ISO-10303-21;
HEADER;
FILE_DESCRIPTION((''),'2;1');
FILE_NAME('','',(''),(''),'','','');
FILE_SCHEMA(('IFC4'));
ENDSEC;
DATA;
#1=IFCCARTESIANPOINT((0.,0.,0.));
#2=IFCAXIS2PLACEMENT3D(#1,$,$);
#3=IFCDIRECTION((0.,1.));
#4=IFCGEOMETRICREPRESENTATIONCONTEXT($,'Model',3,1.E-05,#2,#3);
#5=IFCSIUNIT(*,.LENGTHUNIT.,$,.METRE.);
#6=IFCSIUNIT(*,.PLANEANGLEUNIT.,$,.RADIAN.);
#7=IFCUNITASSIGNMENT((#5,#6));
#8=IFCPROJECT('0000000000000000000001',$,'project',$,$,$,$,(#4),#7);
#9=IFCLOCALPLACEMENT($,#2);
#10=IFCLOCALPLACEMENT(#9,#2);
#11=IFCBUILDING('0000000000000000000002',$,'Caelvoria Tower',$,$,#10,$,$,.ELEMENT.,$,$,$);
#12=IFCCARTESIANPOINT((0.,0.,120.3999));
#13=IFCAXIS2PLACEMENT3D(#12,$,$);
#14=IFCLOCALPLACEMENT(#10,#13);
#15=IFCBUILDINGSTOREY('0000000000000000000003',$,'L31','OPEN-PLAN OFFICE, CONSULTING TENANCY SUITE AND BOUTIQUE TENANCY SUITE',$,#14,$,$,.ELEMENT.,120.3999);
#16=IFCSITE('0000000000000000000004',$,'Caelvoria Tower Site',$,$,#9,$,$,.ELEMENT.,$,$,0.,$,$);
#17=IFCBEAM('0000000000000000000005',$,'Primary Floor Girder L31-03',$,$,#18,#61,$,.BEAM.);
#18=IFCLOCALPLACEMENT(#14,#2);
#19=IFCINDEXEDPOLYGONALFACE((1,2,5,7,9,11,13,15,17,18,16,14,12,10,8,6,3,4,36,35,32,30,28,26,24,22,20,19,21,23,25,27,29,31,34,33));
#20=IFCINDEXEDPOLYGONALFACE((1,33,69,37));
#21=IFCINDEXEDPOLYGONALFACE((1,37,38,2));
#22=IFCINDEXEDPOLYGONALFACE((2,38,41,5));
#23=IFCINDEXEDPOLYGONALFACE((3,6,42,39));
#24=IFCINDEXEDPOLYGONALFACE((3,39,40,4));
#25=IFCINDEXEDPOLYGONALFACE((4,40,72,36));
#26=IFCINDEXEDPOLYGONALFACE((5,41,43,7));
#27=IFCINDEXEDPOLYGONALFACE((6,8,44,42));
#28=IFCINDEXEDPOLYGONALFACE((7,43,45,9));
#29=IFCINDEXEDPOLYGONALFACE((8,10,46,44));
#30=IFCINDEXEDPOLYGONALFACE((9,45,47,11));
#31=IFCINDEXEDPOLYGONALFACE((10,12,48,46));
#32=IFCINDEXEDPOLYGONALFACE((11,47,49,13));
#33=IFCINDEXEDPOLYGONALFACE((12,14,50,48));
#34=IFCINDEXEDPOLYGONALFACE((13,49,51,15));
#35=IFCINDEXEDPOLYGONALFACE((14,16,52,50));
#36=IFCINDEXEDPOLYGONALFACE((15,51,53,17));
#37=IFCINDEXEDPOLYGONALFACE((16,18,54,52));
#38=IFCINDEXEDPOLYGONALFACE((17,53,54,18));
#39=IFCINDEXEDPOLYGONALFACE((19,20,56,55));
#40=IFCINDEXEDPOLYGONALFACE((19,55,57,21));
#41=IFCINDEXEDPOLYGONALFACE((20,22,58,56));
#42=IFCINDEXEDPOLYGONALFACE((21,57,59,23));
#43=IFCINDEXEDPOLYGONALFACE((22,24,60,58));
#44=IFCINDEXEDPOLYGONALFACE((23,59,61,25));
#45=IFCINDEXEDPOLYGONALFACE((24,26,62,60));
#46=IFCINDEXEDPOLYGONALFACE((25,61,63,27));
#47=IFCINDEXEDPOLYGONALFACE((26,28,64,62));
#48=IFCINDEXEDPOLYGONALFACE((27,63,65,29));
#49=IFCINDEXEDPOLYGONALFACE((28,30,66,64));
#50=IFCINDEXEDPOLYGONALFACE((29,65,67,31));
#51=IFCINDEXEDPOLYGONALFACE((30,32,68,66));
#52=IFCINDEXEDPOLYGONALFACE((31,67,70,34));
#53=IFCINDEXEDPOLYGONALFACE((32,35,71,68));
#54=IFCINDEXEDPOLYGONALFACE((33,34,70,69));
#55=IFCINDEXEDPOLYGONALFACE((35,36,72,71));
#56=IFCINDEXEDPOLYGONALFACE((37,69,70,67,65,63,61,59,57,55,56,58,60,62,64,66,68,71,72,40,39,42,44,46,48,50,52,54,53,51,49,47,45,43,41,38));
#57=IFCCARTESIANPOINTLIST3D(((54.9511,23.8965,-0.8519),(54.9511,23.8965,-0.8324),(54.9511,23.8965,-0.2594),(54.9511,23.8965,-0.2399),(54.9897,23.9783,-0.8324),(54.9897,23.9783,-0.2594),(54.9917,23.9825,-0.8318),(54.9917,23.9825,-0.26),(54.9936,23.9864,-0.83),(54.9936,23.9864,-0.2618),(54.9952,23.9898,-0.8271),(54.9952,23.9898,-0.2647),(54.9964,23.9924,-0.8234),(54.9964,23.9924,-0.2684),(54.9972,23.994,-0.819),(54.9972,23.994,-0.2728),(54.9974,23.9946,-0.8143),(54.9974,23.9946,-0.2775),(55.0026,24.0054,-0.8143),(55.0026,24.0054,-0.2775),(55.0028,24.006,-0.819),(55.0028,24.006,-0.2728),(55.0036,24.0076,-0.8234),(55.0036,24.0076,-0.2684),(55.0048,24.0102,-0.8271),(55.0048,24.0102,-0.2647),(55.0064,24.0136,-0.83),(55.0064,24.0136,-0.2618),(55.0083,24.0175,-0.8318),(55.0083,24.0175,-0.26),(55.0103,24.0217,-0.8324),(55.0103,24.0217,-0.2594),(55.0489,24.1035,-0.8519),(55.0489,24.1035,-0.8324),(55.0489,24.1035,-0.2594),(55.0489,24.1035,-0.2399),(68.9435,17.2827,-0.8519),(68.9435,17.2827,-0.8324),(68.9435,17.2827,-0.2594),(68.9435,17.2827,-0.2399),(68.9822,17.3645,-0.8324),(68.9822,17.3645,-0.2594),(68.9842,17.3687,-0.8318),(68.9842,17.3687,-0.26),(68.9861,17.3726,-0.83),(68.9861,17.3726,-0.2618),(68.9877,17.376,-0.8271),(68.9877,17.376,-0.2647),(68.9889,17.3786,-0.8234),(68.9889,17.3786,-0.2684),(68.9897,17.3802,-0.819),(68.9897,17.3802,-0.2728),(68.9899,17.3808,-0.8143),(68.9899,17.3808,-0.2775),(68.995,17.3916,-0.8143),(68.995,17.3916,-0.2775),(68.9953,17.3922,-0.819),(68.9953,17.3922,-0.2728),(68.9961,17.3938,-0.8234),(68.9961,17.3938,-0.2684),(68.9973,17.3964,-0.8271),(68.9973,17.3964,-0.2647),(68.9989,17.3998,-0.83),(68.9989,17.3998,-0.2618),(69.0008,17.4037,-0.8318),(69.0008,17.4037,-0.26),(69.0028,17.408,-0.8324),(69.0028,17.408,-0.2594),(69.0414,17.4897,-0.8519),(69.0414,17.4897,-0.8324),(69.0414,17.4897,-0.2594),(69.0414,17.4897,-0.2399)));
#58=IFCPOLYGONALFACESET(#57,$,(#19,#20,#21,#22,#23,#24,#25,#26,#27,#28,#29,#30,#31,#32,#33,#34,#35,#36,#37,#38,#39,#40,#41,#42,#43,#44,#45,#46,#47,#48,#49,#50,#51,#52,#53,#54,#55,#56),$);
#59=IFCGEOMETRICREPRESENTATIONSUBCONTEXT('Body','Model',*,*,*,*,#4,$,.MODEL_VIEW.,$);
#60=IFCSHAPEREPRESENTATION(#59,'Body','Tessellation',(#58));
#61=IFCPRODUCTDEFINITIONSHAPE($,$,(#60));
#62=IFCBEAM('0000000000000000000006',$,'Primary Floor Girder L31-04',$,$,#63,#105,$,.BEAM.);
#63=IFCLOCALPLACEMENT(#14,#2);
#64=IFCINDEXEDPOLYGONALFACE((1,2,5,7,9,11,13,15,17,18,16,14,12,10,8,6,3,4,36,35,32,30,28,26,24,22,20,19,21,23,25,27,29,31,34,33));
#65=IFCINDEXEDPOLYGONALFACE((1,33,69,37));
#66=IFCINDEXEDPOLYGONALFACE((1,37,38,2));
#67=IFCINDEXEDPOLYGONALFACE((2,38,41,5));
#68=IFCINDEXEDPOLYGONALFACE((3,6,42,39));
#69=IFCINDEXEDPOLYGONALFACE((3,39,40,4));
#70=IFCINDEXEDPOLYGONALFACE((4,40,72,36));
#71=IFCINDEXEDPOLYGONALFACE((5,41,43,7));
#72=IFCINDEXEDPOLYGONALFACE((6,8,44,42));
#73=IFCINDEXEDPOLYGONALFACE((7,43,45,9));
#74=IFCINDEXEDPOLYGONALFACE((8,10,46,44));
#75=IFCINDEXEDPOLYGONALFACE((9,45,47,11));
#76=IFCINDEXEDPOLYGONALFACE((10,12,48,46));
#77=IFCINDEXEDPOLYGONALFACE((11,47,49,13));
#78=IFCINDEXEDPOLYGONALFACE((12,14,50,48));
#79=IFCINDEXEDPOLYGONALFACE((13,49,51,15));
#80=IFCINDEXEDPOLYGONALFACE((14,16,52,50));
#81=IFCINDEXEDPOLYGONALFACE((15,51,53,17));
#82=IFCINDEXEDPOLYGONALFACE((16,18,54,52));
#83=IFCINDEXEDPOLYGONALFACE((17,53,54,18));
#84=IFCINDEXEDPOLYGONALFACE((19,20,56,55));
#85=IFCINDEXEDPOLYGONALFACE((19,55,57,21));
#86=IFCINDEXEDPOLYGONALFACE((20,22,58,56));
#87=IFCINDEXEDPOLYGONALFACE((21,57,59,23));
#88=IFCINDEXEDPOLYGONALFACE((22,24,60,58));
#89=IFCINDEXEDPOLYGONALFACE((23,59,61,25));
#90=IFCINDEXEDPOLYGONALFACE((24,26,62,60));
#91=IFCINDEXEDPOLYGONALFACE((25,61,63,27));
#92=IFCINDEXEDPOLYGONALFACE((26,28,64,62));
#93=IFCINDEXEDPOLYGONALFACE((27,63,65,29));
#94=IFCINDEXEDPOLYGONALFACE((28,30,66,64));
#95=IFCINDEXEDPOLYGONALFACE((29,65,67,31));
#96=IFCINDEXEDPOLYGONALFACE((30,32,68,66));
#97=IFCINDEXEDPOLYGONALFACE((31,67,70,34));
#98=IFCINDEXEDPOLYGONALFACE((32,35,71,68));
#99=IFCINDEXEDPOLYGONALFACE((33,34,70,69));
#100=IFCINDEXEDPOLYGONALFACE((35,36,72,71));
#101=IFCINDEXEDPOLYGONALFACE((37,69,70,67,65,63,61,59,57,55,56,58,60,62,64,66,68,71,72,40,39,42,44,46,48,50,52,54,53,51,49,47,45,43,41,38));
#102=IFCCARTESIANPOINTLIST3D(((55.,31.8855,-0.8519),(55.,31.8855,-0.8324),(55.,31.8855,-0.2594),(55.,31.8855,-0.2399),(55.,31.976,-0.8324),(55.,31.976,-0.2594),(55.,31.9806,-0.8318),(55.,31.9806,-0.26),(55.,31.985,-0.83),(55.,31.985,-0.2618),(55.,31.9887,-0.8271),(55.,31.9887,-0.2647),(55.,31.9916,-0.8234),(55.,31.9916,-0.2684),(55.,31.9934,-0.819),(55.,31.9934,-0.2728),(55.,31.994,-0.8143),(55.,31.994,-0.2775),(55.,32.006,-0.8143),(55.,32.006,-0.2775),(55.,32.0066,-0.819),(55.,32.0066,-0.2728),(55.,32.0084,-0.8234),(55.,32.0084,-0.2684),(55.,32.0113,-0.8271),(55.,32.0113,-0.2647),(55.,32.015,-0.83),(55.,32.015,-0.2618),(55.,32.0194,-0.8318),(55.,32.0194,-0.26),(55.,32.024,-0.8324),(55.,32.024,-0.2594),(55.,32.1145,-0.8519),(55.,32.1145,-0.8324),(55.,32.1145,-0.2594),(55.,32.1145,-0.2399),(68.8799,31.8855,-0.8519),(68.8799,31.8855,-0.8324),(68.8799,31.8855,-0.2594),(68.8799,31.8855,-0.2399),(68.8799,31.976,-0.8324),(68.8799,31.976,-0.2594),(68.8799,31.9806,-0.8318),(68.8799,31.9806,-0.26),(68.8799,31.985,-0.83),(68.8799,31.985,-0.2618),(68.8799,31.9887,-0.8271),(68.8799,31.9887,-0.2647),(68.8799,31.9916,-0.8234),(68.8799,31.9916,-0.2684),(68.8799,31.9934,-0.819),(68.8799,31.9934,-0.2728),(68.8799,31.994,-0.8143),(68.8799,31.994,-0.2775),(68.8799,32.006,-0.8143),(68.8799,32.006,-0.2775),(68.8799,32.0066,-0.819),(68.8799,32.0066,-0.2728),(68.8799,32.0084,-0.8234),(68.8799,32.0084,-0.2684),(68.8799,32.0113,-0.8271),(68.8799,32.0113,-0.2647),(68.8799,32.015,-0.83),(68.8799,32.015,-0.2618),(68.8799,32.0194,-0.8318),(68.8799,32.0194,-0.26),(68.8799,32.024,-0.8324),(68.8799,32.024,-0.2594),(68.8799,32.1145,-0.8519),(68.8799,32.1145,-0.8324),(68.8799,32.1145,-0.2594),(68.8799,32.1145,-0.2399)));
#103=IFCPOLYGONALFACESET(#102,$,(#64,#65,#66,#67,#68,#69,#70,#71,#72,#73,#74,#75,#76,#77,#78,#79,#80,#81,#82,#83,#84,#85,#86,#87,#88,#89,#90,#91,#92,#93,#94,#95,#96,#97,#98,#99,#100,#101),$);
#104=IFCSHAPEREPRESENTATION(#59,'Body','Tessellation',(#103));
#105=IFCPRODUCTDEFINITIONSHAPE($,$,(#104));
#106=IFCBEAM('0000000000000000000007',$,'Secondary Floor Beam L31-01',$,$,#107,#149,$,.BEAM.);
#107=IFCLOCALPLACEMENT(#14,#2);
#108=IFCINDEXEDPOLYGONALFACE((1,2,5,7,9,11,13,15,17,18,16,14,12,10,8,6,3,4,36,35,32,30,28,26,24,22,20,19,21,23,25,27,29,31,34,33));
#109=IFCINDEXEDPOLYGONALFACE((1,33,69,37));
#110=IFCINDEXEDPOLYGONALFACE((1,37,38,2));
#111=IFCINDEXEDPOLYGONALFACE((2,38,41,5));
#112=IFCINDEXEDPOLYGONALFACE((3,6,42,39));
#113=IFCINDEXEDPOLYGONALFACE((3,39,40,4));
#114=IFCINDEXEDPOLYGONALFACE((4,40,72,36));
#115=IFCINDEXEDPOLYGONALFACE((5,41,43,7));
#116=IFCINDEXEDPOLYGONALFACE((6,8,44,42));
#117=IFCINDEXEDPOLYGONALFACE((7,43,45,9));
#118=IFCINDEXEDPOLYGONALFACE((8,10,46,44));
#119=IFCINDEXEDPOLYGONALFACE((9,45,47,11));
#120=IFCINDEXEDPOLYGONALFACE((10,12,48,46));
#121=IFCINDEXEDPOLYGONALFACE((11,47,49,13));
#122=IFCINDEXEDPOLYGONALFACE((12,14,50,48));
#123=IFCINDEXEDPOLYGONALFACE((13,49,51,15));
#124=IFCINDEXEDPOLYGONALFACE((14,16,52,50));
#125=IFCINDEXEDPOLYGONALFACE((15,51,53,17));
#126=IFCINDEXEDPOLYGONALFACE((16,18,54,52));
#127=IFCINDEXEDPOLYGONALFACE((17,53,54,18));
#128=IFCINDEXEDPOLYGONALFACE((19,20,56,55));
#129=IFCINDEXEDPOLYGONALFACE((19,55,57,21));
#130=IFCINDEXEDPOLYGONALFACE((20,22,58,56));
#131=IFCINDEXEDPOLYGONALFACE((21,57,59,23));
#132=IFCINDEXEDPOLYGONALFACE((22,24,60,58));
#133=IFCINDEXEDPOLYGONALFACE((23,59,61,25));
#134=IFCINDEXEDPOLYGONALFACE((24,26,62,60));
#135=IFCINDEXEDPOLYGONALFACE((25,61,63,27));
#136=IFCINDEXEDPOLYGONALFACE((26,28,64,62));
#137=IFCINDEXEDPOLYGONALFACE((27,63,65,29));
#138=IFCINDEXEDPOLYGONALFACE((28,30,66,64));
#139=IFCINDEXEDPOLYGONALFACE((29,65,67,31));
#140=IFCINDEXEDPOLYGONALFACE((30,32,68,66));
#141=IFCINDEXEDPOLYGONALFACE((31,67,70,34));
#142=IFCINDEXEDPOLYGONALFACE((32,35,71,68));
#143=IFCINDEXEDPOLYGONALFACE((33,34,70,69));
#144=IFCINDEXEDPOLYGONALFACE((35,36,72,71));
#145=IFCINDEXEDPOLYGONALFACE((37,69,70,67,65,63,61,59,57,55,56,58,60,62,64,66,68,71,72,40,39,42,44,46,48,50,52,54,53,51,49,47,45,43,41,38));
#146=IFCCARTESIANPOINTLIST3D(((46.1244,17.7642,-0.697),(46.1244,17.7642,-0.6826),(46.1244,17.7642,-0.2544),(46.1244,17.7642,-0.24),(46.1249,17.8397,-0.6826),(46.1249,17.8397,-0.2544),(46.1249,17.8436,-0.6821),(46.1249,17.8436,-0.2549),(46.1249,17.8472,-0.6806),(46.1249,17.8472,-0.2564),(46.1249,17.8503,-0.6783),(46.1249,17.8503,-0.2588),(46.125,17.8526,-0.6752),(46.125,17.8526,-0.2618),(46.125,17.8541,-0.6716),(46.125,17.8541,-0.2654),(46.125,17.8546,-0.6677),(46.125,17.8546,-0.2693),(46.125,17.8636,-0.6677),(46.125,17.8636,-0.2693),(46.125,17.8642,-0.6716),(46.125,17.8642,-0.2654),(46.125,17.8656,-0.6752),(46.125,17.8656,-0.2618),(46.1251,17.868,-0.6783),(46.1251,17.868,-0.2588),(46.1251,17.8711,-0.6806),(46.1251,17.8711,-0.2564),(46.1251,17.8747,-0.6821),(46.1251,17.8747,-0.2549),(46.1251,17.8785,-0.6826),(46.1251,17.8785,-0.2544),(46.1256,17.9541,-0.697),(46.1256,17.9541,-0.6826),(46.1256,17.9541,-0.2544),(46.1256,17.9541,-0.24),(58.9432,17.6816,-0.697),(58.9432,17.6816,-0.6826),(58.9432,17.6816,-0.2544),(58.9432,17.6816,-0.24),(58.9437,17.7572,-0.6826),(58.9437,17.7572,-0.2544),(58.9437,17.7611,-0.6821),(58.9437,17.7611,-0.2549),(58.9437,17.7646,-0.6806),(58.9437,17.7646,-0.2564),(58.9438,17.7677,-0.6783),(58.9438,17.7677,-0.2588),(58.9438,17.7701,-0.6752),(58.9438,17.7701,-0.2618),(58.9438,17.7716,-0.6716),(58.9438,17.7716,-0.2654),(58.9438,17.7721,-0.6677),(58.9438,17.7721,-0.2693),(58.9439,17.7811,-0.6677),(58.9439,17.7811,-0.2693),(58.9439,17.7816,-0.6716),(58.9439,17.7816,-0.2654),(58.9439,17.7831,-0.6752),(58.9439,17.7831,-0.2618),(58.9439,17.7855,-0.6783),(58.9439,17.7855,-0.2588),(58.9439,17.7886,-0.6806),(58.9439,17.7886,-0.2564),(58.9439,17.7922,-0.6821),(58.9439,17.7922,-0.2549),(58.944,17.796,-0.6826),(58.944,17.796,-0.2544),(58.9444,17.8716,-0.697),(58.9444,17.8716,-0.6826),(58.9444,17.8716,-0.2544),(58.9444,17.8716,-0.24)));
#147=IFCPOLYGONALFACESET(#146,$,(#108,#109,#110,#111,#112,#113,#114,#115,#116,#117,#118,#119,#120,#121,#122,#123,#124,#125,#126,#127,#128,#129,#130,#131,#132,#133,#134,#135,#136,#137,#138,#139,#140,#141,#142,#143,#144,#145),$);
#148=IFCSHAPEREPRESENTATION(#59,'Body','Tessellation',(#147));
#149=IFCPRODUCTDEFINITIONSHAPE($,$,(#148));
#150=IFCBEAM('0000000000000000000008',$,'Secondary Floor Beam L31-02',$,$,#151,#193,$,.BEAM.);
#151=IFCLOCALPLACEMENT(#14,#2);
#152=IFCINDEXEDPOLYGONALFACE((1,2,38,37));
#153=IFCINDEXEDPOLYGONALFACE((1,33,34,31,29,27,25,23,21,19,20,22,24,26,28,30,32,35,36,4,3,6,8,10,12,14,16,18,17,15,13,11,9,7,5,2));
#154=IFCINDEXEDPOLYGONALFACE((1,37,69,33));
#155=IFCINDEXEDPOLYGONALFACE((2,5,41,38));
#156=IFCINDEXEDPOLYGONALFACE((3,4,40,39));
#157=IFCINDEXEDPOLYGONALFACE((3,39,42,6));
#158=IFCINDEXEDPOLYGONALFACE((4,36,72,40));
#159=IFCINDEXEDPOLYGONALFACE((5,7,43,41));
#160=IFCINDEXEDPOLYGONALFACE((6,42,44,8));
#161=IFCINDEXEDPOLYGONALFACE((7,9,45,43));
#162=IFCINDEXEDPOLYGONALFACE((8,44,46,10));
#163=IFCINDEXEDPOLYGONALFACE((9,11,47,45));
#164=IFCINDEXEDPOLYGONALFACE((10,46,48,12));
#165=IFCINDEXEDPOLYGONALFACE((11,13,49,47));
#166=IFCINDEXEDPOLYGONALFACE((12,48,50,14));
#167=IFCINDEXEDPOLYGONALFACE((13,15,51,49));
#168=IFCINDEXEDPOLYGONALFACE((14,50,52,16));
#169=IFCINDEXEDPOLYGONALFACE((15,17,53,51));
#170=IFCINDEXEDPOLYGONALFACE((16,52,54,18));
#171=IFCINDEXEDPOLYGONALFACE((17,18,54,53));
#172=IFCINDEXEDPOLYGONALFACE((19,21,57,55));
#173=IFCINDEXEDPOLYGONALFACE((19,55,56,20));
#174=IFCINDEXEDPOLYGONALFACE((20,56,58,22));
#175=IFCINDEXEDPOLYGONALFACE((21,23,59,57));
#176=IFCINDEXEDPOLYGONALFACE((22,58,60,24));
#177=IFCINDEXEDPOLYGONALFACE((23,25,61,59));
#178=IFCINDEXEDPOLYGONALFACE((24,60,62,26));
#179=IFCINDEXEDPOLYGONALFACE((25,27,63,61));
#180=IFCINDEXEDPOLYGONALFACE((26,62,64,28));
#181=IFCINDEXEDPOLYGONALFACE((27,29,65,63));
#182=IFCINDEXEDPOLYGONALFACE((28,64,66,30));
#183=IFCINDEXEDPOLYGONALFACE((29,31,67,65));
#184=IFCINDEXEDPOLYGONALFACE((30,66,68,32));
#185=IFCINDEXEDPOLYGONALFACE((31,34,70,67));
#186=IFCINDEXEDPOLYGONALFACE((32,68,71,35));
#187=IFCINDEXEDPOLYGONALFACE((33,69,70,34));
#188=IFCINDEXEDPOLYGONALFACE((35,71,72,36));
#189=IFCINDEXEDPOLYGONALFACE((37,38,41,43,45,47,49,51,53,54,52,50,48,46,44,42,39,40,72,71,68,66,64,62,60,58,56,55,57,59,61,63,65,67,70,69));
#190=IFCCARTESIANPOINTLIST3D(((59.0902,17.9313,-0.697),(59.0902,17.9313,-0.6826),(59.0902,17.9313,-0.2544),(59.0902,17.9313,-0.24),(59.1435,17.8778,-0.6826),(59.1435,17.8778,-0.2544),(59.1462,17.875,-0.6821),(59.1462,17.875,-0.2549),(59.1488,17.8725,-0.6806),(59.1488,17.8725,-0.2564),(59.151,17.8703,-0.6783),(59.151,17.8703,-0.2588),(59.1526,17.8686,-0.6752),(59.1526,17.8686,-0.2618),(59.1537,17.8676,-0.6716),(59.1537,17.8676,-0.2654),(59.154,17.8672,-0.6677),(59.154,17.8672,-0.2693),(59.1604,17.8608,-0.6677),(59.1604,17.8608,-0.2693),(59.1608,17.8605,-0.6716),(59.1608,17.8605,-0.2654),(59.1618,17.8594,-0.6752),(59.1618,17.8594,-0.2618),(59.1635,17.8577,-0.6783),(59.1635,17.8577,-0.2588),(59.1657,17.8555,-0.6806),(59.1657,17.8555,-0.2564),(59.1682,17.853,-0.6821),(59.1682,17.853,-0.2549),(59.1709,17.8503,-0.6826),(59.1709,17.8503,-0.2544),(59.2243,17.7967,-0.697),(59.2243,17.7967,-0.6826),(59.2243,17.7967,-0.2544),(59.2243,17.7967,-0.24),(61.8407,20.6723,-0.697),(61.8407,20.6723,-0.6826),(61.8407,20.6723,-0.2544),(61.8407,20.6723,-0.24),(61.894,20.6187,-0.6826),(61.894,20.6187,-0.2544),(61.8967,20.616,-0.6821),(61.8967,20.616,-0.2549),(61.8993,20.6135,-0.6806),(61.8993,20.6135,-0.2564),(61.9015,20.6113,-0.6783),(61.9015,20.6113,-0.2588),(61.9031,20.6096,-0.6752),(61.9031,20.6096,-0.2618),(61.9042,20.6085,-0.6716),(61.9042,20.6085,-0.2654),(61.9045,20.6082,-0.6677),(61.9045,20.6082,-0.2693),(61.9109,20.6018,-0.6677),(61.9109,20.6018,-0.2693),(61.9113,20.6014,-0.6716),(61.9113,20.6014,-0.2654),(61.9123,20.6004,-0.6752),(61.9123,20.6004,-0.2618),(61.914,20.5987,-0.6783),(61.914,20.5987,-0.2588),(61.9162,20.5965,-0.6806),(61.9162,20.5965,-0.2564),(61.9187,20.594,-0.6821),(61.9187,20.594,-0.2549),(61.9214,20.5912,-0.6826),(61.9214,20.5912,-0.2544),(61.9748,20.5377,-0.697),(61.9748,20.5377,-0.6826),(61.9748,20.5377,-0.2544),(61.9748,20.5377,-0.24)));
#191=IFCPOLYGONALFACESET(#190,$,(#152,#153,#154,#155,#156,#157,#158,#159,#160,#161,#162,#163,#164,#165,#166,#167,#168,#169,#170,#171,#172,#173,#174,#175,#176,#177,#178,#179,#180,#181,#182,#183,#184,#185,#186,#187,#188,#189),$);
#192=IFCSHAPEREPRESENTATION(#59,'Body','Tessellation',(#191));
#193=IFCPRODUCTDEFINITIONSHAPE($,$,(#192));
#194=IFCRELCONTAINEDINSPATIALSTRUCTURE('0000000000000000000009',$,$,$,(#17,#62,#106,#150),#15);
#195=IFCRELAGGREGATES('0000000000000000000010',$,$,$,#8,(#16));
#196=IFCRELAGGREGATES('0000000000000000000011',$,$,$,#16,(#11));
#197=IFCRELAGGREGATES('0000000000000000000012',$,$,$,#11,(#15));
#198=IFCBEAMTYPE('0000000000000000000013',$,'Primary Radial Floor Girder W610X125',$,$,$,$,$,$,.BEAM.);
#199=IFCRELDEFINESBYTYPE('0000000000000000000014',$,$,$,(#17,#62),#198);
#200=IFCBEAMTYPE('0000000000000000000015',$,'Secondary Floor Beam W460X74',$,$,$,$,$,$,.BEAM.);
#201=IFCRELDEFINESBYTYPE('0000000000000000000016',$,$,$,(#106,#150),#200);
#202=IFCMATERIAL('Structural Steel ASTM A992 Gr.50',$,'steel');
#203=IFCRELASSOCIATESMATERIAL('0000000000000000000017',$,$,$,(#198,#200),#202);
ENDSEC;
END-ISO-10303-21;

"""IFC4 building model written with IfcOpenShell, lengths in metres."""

from ifc_helpers import new_model, si_unit, direction, frame, origin, origin_2d, place, context, subcontext, project, spatial, i_section, extrude, material, material_profile, profile_set, type_object, element, save


model = new_model("IFC4")

# Units and contexts
model_context = context("Model", 3, precision=1e-05, world=origin(), true_north=direction((0.0, 1.0)))
body_context = subcontext(model_context, "Body", "Model", "MODEL_VIEW")
ifc_project = project(units=[si_unit("LENGTHUNIT", "METRE"), si_unit("PLANEANGLEUNIT", "RADIAN")], contexts=[model_context])

# Site, building, storey
site_placement = place(None, origin())
site = spatial("IfcSite", under=ifc_project, at=site_placement, Name="Caelvoria Tower Site", CompositionType="ELEMENT", RefElevation=0.0)
building_placement = place(site_placement, origin())
building = spatial("IfcBuilding", under=site, at=building_placement, Name="Caelvoria Tower", CompositionType="ELEMENT")
storey_placement = place(building_placement, frame((0.0, 0.0, 120.3999)))
storey = spatial("IfcBuildingStorey", under=building, at=storey_placement, Name="L31", Description="OPEN-PLAN OFFICE, CONSULTING TENANCY SUITE AND BOUTIQUE TENANCY SUITE", CompositionType="ELEMENT", Elevation=120.3999)

# Beams
ifc_material_1 = material(Name="Structural Steel ASTM A992 Gr.50", Category="steel")
ifc_material_profile_1 = material_profile(ifc_material_1, i_section(OverallWidth=0.229, OverallDepth=0.6121, WebThickness=0.012, FlangeThickness=0.0195, FilletRadius=0.0181, at=origin_2d()), Name="Structural Steel ASTM A992 Gr.50")
ifc_profile_set_1 = profile_set([ifc_material_profile_1], Name="W610X125 - Structural Steel ASTM A992 Gr.50")
beam_type_1 = type_object("IfcBeamType", Name="Primary Radial Floor Girder W610X125", PredefinedType="BEAM", material=ifc_profile_set_1)
beam_1_placement = place(storey_placement, frame((55.0, 24.0, -0.5459), z_axis=(0.904093, -0.427336, 0.0), x_axis=(0.427336, 0.904093, 0.0)))
element("IfcBeam", 1, at=beam_1_placement, inside=storey, type_object=beam_type_1, Name="Primary Floor Girder L31-03", PredefinedType="BEAM", context=body_context, shape_type="SweptSolid", body=[
    extrude(i_section(OverallWidth=0.229, OverallDepth=0.6121, WebThickness=0.012, FlangeThickness=0.0195, FilletRadius=0.0181, at=origin_2d()), origin(), (0.0, 0.0, 1.0), 15.4768),
])
beam_2_placement = place(storey_placement, frame((55.0, 32.0, -0.5459), z_axis=(1.0, 0.0, 0.0), x_axis=(0.0, 1.0, 0.0)))
element("IfcBeam", 2, at=beam_2_placement, inside=storey, type_object=beam_type_1, Name="Primary Floor Girder L31-04", PredefinedType="BEAM", context=body_context, shape_type="SweptSolid", body=[
    extrude(i_section(OverallWidth=0.229, OverallDepth=0.6121, WebThickness=0.012, FlangeThickness=0.0195, FilletRadius=0.0181, at=origin_2d()), origin(), (0.0, 0.0, 1.0), 13.8799),
])
ifc_material_profile_2 = material_profile(ifc_material_1, i_section(OverallWidth=0.1899, OverallDepth=0.457, WebThickness=0.009, FlangeThickness=0.0144, FilletRadius=0.0149, at=origin_2d()), Name="Structural Steel ASTM A992 Gr.50")
ifc_profile_set_2 = profile_set([ifc_material_profile_2], Name="W460X74 - Structural Steel ASTM A992 Gr.50")
beam_type_2 = type_object("IfcBeamType", Name="Secondary Floor Beam W460X74", PredefinedType="BEAM", material=ifc_profile_set_2)
beam_3_placement = place(storey_placement, frame((46.125, 17.8591, -0.4685), z_axis=(0.999979, -0.006437, 0.0), x_axis=(0.006437, 0.999979, 0.0)))
element("IfcBeam", 3, at=beam_3_placement, inside=storey, type_object=beam_type_2, Name="Secondary Floor Beam L31-01", PredefinedType="BEAM", context=body_context, shape_type="SweptSolid", body=[
    extrude(i_section(OverallWidth=0.1899, OverallDepth=0.457, WebThickness=0.009, FlangeThickness=0.0144, FilletRadius=0.0149, at=origin_2d()), origin(), (0.0, 0.0, 1.0), 12.8191),
])
beam_4_placement = place(storey_placement, frame((59.1572, 17.864, -0.4685), z_axis=(0.708332, 0.70588, 0.0), x_axis=(-0.70588, 0.708332, 0.0)))
element("IfcBeam", 4, at=beam_4_placement, inside=storey, type_object=beam_type_2, Name="Secondary Floor Beam L31-02", PredefinedType="BEAM", context=body_context, shape_type="SweptSolid", body=[
    extrude(i_section(OverallWidth=0.1899, OverallDepth=0.457, WebThickness=0.009, FlangeThickness=0.0144, FilletRadius=0.0149, at=origin_2d()), origin(), (0.0, 0.0, 1.0), 3.8831),
])

save(model, "model.ifc")
